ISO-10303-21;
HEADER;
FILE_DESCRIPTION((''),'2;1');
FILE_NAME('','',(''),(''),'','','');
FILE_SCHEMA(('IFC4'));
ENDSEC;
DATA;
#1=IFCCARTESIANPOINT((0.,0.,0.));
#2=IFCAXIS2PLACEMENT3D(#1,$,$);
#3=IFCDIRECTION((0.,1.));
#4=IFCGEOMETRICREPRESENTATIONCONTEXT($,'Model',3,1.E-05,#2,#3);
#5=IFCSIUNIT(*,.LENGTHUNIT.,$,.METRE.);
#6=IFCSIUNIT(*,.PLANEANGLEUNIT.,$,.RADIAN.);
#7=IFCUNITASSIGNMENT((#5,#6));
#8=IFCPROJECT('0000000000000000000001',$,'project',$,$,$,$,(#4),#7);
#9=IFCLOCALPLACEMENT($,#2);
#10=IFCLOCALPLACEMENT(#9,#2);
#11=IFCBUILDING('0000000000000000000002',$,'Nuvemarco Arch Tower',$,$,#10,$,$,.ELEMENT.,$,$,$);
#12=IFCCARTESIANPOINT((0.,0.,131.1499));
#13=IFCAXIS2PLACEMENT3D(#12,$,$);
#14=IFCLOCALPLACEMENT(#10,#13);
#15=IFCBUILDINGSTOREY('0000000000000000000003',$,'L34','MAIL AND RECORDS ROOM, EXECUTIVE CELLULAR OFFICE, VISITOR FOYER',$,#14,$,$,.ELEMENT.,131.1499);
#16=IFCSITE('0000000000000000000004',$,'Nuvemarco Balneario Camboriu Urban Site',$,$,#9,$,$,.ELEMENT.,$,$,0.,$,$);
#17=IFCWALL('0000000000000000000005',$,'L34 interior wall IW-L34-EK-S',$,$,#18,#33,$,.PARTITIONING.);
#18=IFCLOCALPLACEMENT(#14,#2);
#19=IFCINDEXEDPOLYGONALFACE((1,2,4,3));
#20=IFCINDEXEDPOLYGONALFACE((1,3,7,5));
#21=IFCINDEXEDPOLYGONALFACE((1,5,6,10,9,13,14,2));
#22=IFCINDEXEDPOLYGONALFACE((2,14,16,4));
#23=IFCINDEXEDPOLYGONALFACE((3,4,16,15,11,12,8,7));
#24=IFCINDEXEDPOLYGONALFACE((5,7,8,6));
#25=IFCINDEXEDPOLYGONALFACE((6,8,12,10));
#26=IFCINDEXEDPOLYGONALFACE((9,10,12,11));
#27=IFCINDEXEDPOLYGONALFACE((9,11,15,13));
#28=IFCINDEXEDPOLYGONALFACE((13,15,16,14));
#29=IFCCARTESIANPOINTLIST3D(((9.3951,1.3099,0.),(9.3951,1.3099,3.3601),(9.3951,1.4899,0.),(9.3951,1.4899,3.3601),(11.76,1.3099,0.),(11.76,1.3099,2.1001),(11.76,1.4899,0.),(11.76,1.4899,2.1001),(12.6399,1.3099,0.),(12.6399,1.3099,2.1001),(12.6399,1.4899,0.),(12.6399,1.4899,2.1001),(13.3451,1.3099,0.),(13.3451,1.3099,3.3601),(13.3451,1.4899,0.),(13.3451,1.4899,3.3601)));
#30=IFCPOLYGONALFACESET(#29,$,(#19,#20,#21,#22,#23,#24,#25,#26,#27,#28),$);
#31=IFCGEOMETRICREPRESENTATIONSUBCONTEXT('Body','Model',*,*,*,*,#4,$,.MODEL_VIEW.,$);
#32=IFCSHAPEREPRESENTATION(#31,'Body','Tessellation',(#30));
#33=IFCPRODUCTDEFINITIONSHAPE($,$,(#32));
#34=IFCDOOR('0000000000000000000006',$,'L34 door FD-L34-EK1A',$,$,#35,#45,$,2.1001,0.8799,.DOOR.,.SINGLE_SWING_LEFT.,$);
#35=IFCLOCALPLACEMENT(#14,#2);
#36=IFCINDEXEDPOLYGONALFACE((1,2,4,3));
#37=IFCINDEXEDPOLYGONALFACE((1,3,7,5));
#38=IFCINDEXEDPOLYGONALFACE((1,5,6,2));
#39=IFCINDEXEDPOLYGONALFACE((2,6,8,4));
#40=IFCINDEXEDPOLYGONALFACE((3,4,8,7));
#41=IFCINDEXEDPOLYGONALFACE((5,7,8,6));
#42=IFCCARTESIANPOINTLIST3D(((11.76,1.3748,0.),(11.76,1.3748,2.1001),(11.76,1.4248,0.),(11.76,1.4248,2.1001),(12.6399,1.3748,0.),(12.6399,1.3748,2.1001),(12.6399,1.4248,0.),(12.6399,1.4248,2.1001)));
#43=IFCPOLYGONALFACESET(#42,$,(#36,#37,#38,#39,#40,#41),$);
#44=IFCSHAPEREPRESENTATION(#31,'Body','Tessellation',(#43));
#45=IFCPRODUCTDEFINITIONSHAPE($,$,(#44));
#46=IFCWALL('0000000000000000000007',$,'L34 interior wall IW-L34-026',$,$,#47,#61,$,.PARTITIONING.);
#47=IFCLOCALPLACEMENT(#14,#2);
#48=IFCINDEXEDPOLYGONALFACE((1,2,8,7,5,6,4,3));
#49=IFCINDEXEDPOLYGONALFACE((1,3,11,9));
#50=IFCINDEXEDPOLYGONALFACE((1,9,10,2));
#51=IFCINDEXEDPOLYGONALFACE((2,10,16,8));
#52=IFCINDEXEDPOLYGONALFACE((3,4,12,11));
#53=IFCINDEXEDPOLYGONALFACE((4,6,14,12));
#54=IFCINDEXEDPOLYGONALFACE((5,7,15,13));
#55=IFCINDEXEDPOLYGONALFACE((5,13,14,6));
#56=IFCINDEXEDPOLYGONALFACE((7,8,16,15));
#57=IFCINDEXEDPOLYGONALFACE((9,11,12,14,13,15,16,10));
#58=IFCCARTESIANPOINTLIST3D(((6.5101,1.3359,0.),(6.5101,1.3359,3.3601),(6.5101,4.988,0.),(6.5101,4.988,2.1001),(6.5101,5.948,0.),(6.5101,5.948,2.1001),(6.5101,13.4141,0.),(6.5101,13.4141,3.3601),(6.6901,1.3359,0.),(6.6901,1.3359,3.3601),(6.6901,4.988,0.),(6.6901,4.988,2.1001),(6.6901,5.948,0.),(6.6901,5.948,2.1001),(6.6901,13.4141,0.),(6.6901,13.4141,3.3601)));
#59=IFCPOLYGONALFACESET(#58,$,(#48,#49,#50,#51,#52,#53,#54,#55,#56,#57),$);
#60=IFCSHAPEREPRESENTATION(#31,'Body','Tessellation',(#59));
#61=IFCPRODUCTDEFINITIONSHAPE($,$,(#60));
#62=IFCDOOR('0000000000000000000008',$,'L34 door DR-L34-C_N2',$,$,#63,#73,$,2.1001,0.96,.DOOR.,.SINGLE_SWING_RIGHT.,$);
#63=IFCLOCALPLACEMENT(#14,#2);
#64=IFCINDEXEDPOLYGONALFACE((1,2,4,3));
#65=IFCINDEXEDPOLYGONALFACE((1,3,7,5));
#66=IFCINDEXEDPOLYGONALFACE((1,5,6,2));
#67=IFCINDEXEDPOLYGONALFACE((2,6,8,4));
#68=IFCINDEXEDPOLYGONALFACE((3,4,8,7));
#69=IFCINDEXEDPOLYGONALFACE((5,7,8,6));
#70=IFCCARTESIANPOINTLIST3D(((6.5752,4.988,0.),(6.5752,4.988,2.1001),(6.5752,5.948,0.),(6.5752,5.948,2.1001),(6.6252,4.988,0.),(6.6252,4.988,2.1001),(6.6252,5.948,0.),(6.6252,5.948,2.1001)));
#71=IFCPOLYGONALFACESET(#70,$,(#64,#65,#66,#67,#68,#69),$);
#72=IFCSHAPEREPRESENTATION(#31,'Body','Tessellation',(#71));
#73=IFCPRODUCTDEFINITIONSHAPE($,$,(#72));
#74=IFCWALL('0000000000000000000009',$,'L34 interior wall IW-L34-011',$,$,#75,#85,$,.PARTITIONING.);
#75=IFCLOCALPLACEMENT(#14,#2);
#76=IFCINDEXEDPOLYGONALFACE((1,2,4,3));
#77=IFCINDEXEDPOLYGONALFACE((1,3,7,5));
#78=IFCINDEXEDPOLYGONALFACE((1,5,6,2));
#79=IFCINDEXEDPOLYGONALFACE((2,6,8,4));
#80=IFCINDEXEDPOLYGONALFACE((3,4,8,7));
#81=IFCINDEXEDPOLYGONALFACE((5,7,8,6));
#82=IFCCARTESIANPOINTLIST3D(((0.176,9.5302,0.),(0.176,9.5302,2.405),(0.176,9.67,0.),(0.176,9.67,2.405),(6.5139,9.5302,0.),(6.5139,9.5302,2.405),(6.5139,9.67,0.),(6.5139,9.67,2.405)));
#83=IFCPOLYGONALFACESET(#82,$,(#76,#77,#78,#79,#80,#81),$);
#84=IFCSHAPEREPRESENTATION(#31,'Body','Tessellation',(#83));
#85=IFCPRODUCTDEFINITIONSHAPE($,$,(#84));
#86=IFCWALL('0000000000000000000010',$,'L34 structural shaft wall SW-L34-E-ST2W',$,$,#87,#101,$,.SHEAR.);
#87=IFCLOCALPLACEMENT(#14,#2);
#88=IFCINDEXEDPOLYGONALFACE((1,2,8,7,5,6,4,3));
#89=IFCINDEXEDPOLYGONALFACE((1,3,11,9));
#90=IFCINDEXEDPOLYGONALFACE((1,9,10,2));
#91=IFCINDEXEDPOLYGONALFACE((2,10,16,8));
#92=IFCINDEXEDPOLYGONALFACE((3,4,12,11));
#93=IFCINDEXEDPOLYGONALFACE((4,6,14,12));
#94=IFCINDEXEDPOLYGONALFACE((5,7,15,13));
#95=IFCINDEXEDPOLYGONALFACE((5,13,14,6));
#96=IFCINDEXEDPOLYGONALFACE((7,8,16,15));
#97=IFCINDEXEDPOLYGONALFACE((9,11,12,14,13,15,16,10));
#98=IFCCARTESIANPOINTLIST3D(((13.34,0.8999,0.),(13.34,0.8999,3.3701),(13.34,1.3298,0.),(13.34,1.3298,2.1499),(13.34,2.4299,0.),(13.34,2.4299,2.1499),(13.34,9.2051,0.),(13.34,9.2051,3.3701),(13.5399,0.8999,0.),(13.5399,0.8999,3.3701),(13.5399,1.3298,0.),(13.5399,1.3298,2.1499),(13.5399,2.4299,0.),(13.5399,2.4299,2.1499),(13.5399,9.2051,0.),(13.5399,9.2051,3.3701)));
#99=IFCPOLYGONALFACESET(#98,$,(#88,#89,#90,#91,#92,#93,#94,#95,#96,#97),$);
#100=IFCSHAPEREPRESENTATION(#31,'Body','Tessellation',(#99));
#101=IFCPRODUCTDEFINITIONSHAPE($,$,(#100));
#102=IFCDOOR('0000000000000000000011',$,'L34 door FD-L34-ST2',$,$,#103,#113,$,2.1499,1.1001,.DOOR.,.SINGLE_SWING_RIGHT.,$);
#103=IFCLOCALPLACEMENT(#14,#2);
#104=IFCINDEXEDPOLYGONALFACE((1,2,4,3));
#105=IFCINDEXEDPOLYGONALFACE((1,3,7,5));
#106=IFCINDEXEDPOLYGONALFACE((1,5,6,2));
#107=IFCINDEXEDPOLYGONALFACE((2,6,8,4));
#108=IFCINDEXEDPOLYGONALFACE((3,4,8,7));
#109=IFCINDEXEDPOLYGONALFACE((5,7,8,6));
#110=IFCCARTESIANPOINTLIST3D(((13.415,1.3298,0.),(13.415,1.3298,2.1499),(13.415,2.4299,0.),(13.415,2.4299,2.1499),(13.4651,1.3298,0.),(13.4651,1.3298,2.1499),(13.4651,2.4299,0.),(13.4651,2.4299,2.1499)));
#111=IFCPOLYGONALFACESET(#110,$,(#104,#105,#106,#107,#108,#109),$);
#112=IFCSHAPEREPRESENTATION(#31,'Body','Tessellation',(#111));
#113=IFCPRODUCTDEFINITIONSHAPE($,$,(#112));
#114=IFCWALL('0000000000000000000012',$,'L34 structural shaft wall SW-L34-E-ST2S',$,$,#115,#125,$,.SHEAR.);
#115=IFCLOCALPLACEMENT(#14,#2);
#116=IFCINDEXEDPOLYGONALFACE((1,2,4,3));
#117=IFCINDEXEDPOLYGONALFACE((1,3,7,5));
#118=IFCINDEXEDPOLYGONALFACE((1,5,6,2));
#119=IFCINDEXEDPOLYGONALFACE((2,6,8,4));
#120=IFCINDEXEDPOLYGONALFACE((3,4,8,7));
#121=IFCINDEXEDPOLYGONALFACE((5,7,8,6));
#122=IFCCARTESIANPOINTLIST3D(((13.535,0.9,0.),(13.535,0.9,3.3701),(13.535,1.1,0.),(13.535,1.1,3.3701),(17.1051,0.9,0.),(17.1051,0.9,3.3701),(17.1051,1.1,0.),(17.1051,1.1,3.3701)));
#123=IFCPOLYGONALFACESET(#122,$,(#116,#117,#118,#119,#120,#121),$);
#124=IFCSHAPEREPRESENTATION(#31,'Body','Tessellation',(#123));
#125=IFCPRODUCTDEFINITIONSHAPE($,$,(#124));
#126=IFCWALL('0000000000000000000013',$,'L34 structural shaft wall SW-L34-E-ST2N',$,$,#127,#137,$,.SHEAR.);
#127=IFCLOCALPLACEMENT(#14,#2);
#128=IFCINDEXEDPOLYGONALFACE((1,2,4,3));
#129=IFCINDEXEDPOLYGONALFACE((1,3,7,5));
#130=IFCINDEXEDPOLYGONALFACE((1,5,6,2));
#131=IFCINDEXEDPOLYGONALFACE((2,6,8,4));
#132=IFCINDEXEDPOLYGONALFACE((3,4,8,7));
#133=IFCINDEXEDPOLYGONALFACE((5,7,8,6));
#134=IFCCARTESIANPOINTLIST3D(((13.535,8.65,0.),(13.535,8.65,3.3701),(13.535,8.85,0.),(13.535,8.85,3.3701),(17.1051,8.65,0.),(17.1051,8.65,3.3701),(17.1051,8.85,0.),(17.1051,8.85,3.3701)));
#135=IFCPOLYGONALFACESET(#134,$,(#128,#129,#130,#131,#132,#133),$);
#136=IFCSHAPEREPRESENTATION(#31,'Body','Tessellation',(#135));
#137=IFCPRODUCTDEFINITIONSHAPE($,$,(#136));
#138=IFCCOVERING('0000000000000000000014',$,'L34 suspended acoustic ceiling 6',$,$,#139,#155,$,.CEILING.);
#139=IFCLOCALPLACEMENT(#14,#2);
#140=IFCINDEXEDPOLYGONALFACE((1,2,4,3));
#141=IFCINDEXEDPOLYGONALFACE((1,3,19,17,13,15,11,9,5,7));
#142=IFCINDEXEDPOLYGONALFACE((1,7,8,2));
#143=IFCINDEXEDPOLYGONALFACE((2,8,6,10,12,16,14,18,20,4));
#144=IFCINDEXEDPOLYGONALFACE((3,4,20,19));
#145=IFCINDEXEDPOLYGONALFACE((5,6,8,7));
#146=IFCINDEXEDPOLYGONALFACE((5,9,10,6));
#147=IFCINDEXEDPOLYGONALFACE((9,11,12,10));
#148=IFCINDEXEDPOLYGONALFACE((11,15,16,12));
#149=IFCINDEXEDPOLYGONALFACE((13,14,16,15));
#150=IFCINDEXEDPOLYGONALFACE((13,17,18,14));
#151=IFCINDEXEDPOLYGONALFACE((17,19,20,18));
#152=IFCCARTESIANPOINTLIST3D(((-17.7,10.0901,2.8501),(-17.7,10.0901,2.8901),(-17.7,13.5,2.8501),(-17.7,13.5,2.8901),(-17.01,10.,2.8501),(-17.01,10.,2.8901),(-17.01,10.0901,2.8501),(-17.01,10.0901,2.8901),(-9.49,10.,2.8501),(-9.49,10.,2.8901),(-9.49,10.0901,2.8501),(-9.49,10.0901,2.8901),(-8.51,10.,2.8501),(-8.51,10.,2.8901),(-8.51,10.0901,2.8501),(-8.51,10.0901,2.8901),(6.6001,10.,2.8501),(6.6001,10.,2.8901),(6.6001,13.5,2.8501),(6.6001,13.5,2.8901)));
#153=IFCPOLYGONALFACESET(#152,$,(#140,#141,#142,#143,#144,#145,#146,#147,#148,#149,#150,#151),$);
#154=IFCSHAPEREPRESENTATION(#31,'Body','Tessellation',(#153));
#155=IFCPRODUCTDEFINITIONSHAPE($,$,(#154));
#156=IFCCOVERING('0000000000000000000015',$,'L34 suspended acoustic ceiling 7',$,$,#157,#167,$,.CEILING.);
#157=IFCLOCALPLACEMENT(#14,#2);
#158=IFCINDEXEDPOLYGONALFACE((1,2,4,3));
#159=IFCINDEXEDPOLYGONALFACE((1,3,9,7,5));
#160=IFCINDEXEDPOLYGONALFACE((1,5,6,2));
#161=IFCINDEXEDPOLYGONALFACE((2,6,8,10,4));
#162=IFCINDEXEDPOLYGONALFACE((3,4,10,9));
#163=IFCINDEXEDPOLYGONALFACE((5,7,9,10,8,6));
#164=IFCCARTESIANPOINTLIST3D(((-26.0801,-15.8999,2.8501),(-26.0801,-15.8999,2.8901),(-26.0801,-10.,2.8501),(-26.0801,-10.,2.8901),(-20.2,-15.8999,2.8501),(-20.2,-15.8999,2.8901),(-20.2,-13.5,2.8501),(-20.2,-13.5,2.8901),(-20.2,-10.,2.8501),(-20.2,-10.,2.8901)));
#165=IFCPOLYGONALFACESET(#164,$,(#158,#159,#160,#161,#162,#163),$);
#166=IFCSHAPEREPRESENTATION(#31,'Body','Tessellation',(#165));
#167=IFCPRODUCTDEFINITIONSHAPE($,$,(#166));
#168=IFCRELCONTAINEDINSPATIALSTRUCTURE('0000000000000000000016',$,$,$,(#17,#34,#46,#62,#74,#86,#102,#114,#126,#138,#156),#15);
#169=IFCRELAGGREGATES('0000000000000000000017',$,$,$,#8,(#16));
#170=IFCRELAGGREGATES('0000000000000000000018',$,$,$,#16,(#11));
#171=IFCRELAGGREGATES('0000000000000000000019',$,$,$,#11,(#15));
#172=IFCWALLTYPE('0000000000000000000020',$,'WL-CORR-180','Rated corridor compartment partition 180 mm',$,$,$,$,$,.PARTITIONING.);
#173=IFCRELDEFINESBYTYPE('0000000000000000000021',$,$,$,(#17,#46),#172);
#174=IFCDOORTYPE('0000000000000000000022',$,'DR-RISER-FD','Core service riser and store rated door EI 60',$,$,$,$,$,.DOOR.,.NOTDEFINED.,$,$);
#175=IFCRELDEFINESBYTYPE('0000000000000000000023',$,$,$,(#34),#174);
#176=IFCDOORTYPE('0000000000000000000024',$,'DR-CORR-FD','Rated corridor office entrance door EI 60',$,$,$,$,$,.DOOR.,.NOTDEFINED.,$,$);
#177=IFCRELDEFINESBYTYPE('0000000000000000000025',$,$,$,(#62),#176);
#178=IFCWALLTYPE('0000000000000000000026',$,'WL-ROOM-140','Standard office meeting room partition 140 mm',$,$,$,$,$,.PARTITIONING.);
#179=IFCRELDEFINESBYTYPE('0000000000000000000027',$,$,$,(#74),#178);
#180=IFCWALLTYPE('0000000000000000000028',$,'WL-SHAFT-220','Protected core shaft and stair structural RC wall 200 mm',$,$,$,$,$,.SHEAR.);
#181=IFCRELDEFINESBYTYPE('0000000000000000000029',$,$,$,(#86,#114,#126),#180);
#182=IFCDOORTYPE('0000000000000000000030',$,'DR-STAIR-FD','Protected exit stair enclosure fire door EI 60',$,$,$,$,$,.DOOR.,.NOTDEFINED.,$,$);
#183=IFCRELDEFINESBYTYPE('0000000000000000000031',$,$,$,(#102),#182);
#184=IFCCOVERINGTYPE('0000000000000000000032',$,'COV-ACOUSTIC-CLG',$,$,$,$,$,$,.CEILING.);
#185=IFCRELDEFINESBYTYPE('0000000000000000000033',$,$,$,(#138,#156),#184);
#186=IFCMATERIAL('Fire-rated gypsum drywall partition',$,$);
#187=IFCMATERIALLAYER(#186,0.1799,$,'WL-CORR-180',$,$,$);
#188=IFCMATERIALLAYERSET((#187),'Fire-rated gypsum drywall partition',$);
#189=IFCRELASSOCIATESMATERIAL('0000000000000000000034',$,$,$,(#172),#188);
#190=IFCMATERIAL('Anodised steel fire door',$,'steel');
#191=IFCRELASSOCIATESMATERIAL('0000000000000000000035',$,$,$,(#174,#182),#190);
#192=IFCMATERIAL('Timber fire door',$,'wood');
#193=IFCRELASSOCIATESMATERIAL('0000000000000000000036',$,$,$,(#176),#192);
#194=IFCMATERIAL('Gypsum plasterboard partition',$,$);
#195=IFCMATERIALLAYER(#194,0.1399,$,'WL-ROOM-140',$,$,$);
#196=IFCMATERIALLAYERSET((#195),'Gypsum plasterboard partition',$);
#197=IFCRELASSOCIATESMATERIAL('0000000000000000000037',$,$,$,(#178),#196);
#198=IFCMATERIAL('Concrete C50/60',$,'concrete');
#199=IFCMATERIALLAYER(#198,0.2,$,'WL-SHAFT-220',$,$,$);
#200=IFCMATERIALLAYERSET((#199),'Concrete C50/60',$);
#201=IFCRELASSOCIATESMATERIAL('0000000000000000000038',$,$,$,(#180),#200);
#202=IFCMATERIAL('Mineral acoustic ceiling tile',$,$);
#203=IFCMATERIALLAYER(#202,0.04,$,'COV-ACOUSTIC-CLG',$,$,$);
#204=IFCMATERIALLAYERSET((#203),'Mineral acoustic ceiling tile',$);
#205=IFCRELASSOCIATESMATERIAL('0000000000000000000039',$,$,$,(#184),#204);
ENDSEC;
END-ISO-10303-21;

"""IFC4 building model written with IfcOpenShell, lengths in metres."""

from ifc_helpers import new_model, si_unit, direction, frame, frame_2d, origin, place, context, subcontext, project, spatial, polyline, rectangle, outline, extrude, source, transform, mapped, material, layer, layer_set, type_object, type_shapes, element, fill, save


model = new_model("IFC4")

# Units and contexts
model_context = context("Model", 3, precision=1e-05, world=origin(), true_north=direction((0.0, 1.0)))
body_context = subcontext(model_context, "Body", "Model", "MODEL_VIEW")
ifc_project = project(units=[si_unit("LENGTHUNIT", "METRE"), si_unit("PLANEANGLEUNIT", "RADIAN")], contexts=[model_context])

# Site, building, storey
site_placement = place(None, origin())
site = spatial("IfcSite", under=ifc_project, at=site_placement, Name="Nuvemarco Balneario Camboriu Urban Site", CompositionType="ELEMENT", RefElevation=0.0)
building_placement = place(site_placement, origin())
building = spatial("IfcBuilding", under=site, at=building_placement, Name="Nuvemarco Arch Tower", CompositionType="ELEMENT")
storey_placement = place(building_placement, frame((0.0, 0.0, 131.1499)))
storey = spatial("IfcBuildingStorey", under=building, at=storey_placement, Name="L34", Description="MAIL AND RECORDS ROOM, EXECUTIVE CELLULAR OFFICE, VISITOR FOYER", CompositionType="ELEMENT", Elevation=131.1499)

# Shared definitions
ifc_material_1 = material(Name="Concrete C50/60", Category="concrete")

# Walls, openings, doors
ifc_material_2 = material(Name="Fire-rated gypsum drywall partition")
ifc_layer_1 = layer(ifc_material_2, 0.1799, Name="WL-CORR-180")
ifc_layer_set_1 = layer_set([ifc_layer_1], Name="Fire-rated gypsum drywall partition")
wall_type_1 = type_object("IfcWallType", Name="WL-CORR-180", Description="Rated corridor compartment partition 180 mm", PredefinedType="PARTITIONING", material=ifc_layer_set_1)
wall_1_placement = place(storey_placement, frame((9.395, 1.3999, 0.0), z_axis=(0.0, 0.0, 1.0), x_axis=(1.0, 0.0, 0.0)))
wall_1 = element("IfcWall", 1, at=wall_1_placement, inside=storey, type_object=wall_type_1, Name="L34 interior wall IW-L34-EK-S", PredefinedType="PARTITIONING", context=body_context, shape_type="SweptSolid", body=[
    extrude(rectangle(XDim=3.95, YDim=0.1799, at=frame_2d((1.9751, 0.0))), origin(), (0.0, 0.0, 1.0), 3.3601),
])
opening_1_placement = place(wall_1_placement, frame((2.365, 0.0, 0.0)))
opening_1 = element("IfcOpeningElement", 2, at=opening_1_placement, cuts=wall_1, PredefinedType="OPENING", context=body_context, shape_type="SweptSolid", body=[
    extrude(rectangle(XDim=0.8799, YDim=2.1001, at=frame_2d((0.4399, 1.05))), frame((0.0, 0.0999, 0.0), z_axis=(0.0, -1.0, 0.0), x_axis=(1.0, 0.0, 0.0)), (0.0, 0.0, 1.0), 0.2),
])
ifc_material_3 = material(Name="Anodised steel fire door", Category="steel")
door_type_1 = type_object("IfcDoorType", Name="DR-RISER-FD", Description="Core service riser and store rated door EI 60", OperationType="NOTDEFINED", PredefinedType="DOOR", material=ifc_material_3)
shared_shape_1 = source(origin(), body_context, "Body", "SweptSolid", [
    extrude(rectangle(XDim=0.8799, YDim=2.1001, at=frame_2d((0.4399, 1.05))), frame((0.0, 0.0249, 0.0), z_axis=(0.0, -1.0, 0.0), x_axis=(1.0, 0.0, 0.0)), (0.0, 0.0, 1.0), 0.05),
])
type_shapes(door_type_1, [shared_shape_1])
door_1_placement = place(opening_1_placement, origin())
door_1 = element("IfcDoor", 3, at=door_1_placement, inside=storey, type_object=door_type_1, Name="L34 door FD-L34-EK1A", OperationType="SINGLE_SWING_LEFT", OverallHeight=2.1001, OverallWidth=0.8799, PredefinedType="DOOR", context=body_context, shape_type="MappedRepresentation", body=[
    mapped(shared_shape_1, transform((0.0, 0.0, 0.0), scale=1.0)),
])
fill(opening_1, door_1)
wall_2_placement = place(storey_placement, frame((6.6001, 1.3359, 0.0), z_axis=(0.0, 0.0, 1.0), x_axis=(0.0, 1.0, 0.0)))
wall_2 = element("IfcWall", 4, at=wall_2_placement, inside=storey, type_object=wall_type_1, Name="L34 interior wall IW-L34-026", PredefinedType="PARTITIONING", context=body_context, shape_type="SweptSolid", body=[
    extrude(rectangle(XDim=12.0781, YDim=0.1799, at=frame_2d((6.0391, 0.0))), origin(), (0.0, 0.0, 1.0), 3.3601),
])
opening_2_placement = place(wall_2_placement, frame((3.6521, 0.0, 0.0)))
opening_2 = element("IfcOpeningElement", 5, at=opening_2_placement, cuts=wall_2, PredefinedType="OPENING", context=body_context, shape_type="SweptSolid", body=[
    extrude(rectangle(XDim=0.96, YDim=2.1001, at=frame_2d((0.48, 1.05))), frame((0.0, 0.0999, 0.0), z_axis=(0.0, -1.0, 0.0), x_axis=(1.0, 0.0, 0.0)), (0.0, 0.0, 1.0), 0.2),
])
ifc_material_4 = material(Name="Timber fire door", Category="wood")
door_type_2 = type_object("IfcDoorType", Name="DR-CORR-FD", Description="Rated corridor office entrance door EI 60", OperationType="NOTDEFINED", PredefinedType="DOOR", material=ifc_material_4)
shared_shape_2 = source(origin(), body_context, "Body", "SweptSolid", [
    extrude(rectangle(XDim=0.96, YDim=2.1001, at=frame_2d((0.48, 1.05))), frame((0.0, 0.0249, 0.0), z_axis=(0.0, -1.0, 0.0), x_axis=(1.0, 0.0, 0.0)), (0.0, 0.0, 1.0), 0.05),
])
type_shapes(door_type_2, [shared_shape_2])
door_2_placement = place(opening_2_placement, origin())
door_2 = element("IfcDoor", 6, at=door_2_placement, inside=storey, type_object=door_type_2, Name="L34 door DR-L34-C_N2", OperationType="SINGLE_SWING_RIGHT", OverallHeight=2.1001, OverallWidth=0.96, PredefinedType="DOOR", context=body_context, shape_type="MappedRepresentation", body=[
    mapped(shared_shape_2, transform((0.0, 0.0, 0.0), scale=1.0)),
])
fill(opening_2, door_2)

# Wall
ifc_material_5 = material(Name="Gypsum plasterboard partition")
ifc_layer_2 = layer(ifc_material_5, 0.1399, Name="WL-ROOM-140")
ifc_layer_set_2 = layer_set([ifc_layer_2], Name="Gypsum plasterboard partition")
wall_type_2 = type_object("IfcWallType", Name="WL-ROOM-140", Description="Standard office meeting room partition 140 mm", PredefinedType="PARTITIONING", material=ifc_layer_set_2)
wall_3_placement = place(storey_placement, frame((0.176, 9.6001, 0.0), z_axis=(0.0, 0.0, 1.0), x_axis=(1.0, 0.0, 0.0)))
element("IfcWall", 7, at=wall_3_placement, inside=storey, type_object=wall_type_2, Name="L34 interior wall IW-L34-011", PredefinedType="PARTITIONING", context=body_context, shape_type="SweptSolid", body=[
    extrude(rectangle(XDim=6.3379, YDim=0.1399, at=frame_2d((3.1689, 0.0))), origin(), (0.0, 0.0, 1.0), 2.405),
])

# Wall, opening, door
ifc_layer_3 = layer(ifc_material_1, 0.2, Name="WL-SHAFT-220")
ifc_layer_set_3 = layer_set([ifc_layer_3], Name="Concrete C50/60")
wall_type_3 = type_object("IfcWallType", Name="WL-SHAFT-220", Description="Protected core shaft and stair structural RC wall 200 mm", PredefinedType="SHEAR", material=ifc_layer_set_3)
wall_4_placement = place(storey_placement, frame((13.4399, 0.8999, 0.0), z_axis=(0.0, 0.0, 1.0), x_axis=(0.0, 1.0, 0.0)))
wall_4 = element("IfcWall", 8, at=wall_4_placement, inside=storey, type_object=wall_type_3, Name="L34 structural shaft wall SW-L34-E-ST2W", PredefinedType="SHEAR", context=body_context, shape_type="SweptSolid", body=[
    extrude(rectangle(XDim=8.3052, YDim=0.2, at=frame_2d((4.1526, 0.0))), origin(), (0.0, 0.0, 1.0), 3.3701),
])
opening_3_placement = place(wall_4_placement, frame((0.4299, 0.0, 0.0)))
opening_3 = element("IfcOpeningElement", 9, at=opening_3_placement, cuts=wall_4, PredefinedType="OPENING", context=body_context, shape_type="SweptSolid", body=[
    extrude(rectangle(XDim=1.1001, YDim=2.1499, at=frame_2d((0.55, 1.075))), frame((0.0, 0.1099, 0.0), z_axis=(0.0, -1.0, 0.0), x_axis=(1.0, 0.0, 0.0)), (0.0, 0.0, 1.0), 0.22),
])
door_type_3 = type_object("IfcDoorType", Name="DR-STAIR-FD", Description="Protected exit stair enclosure fire door EI 60", OperationType="NOTDEFINED", PredefinedType="DOOR", material=ifc_material_3)
shared_shape_3 = source(origin(), body_context, "Body", "SweptSolid", [
    extrude(rectangle(XDim=1.1001, YDim=2.1499, at=frame_2d((0.55, 1.075))), frame((0.0, 0.0249, 0.0), z_axis=(0.0, -1.0, 0.0), x_axis=(1.0, 0.0, 0.0)), (0.0, 0.0, 1.0), 0.05),
])
type_shapes(door_type_3, [shared_shape_3])
door_3_placement = place(opening_3_placement, origin())
door_3 = element("IfcDoor", 10, at=door_3_placement, inside=storey, type_object=door_type_3, Name="L34 door FD-L34-ST2", OperationType="SINGLE_SWING_RIGHT", OverallHeight=2.1499, OverallWidth=1.1001, PredefinedType="DOOR", context=body_context, shape_type="MappedRepresentation", body=[
    mapped(shared_shape_3, transform((0.0, 0.0, 0.0), scale=1.0)),
])
fill(opening_3, door_3)

# Walls
for number, where, z_axis, x_axis, name in (
    (11, (13.5349, 1.0, 0.0), (0.0, 0.0, 1.0), (1.0, 0.0, 0.0), "L34 structural shaft wall SW-L34-E-ST2S"),
    (12, (13.5349, 8.75, 0.0), (0.0, 0.0, 1.0), (1.0, 0.0, 0.0), "L34 structural shaft wall SW-L34-E-ST2N"),
):
    element("IfcWall", number, at=place(storey_placement, frame(where, z_axis=z_axis, x_axis=x_axis)), inside=storey, type_object=wall_type_3, Name=name, PredefinedType="SHEAR", context=body_context, shape_type="SweptSolid", body=[
        extrude(rectangle(XDim=3.5701, YDim=0.2, at=frame_2d((1.7852, 0.0))), origin(), (0.0, 0.0, 1.0), 3.3701),
    ])

# Coverings
ifc_material_6 = material(Name="Mineral acoustic ceiling tile")
ifc_layer_4 = layer(ifc_material_6, 0.04, Name="COV-ACOUSTIC-CLG")
ifc_layer_set_4 = layer_set([ifc_layer_4], Name="Mineral acoustic ceiling tile")
covering_type_1 = type_object("IfcCoveringType", Name="COV-ACOUSTIC-CLG", PredefinedType="CEILING", material=ifc_layer_set_4)
covering_1_placement = place(storey_placement, frame((0.0, 0.0, 2.8501)))
element("IfcCovering", 13, at=covering_1_placement, inside=storey, type_object=covering_type_1, Name="L34 suspended acoustic ceiling 6", PredefinedType="CEILING", context=body_context, shape_type="SweptSolid", body=[
    extrude(outline(polyline([(6.6001, 13.5), (6.6001, 10.0), (-8.51, 10.0), (-8.51, 10.0901), (-9.49, 10.0901), (-9.49, 10.0), (-17.01, 10.0), (-17.01, 10.0901), (-17.7, 10.0901), (-17.7, 13.5), (6.6001, 13.5)])), origin(), (0.0, 0.0, 1.0), 0.04),
])
covering_2_placement = place(storey_placement, frame((0.0, 0.0, 2.8501)))
element("IfcCovering", 14, at=covering_2_placement, inside=storey, type_object=covering_type_1, Name="L34 suspended acoustic ceiling 7", PredefinedType="CEILING", context=body_context, shape_type="SweptSolid", body=[
    extrude(outline(polyline([(-20.2, -13.5), (-20.2, -15.8999), (-26.0801, -15.8999), (-26.0801, -10.0), (-20.2, -10.0), (-20.2, -13.5)])), origin(), (0.0, 0.0, 1.0), 0.04),
])

save(model, "model.ifc")
